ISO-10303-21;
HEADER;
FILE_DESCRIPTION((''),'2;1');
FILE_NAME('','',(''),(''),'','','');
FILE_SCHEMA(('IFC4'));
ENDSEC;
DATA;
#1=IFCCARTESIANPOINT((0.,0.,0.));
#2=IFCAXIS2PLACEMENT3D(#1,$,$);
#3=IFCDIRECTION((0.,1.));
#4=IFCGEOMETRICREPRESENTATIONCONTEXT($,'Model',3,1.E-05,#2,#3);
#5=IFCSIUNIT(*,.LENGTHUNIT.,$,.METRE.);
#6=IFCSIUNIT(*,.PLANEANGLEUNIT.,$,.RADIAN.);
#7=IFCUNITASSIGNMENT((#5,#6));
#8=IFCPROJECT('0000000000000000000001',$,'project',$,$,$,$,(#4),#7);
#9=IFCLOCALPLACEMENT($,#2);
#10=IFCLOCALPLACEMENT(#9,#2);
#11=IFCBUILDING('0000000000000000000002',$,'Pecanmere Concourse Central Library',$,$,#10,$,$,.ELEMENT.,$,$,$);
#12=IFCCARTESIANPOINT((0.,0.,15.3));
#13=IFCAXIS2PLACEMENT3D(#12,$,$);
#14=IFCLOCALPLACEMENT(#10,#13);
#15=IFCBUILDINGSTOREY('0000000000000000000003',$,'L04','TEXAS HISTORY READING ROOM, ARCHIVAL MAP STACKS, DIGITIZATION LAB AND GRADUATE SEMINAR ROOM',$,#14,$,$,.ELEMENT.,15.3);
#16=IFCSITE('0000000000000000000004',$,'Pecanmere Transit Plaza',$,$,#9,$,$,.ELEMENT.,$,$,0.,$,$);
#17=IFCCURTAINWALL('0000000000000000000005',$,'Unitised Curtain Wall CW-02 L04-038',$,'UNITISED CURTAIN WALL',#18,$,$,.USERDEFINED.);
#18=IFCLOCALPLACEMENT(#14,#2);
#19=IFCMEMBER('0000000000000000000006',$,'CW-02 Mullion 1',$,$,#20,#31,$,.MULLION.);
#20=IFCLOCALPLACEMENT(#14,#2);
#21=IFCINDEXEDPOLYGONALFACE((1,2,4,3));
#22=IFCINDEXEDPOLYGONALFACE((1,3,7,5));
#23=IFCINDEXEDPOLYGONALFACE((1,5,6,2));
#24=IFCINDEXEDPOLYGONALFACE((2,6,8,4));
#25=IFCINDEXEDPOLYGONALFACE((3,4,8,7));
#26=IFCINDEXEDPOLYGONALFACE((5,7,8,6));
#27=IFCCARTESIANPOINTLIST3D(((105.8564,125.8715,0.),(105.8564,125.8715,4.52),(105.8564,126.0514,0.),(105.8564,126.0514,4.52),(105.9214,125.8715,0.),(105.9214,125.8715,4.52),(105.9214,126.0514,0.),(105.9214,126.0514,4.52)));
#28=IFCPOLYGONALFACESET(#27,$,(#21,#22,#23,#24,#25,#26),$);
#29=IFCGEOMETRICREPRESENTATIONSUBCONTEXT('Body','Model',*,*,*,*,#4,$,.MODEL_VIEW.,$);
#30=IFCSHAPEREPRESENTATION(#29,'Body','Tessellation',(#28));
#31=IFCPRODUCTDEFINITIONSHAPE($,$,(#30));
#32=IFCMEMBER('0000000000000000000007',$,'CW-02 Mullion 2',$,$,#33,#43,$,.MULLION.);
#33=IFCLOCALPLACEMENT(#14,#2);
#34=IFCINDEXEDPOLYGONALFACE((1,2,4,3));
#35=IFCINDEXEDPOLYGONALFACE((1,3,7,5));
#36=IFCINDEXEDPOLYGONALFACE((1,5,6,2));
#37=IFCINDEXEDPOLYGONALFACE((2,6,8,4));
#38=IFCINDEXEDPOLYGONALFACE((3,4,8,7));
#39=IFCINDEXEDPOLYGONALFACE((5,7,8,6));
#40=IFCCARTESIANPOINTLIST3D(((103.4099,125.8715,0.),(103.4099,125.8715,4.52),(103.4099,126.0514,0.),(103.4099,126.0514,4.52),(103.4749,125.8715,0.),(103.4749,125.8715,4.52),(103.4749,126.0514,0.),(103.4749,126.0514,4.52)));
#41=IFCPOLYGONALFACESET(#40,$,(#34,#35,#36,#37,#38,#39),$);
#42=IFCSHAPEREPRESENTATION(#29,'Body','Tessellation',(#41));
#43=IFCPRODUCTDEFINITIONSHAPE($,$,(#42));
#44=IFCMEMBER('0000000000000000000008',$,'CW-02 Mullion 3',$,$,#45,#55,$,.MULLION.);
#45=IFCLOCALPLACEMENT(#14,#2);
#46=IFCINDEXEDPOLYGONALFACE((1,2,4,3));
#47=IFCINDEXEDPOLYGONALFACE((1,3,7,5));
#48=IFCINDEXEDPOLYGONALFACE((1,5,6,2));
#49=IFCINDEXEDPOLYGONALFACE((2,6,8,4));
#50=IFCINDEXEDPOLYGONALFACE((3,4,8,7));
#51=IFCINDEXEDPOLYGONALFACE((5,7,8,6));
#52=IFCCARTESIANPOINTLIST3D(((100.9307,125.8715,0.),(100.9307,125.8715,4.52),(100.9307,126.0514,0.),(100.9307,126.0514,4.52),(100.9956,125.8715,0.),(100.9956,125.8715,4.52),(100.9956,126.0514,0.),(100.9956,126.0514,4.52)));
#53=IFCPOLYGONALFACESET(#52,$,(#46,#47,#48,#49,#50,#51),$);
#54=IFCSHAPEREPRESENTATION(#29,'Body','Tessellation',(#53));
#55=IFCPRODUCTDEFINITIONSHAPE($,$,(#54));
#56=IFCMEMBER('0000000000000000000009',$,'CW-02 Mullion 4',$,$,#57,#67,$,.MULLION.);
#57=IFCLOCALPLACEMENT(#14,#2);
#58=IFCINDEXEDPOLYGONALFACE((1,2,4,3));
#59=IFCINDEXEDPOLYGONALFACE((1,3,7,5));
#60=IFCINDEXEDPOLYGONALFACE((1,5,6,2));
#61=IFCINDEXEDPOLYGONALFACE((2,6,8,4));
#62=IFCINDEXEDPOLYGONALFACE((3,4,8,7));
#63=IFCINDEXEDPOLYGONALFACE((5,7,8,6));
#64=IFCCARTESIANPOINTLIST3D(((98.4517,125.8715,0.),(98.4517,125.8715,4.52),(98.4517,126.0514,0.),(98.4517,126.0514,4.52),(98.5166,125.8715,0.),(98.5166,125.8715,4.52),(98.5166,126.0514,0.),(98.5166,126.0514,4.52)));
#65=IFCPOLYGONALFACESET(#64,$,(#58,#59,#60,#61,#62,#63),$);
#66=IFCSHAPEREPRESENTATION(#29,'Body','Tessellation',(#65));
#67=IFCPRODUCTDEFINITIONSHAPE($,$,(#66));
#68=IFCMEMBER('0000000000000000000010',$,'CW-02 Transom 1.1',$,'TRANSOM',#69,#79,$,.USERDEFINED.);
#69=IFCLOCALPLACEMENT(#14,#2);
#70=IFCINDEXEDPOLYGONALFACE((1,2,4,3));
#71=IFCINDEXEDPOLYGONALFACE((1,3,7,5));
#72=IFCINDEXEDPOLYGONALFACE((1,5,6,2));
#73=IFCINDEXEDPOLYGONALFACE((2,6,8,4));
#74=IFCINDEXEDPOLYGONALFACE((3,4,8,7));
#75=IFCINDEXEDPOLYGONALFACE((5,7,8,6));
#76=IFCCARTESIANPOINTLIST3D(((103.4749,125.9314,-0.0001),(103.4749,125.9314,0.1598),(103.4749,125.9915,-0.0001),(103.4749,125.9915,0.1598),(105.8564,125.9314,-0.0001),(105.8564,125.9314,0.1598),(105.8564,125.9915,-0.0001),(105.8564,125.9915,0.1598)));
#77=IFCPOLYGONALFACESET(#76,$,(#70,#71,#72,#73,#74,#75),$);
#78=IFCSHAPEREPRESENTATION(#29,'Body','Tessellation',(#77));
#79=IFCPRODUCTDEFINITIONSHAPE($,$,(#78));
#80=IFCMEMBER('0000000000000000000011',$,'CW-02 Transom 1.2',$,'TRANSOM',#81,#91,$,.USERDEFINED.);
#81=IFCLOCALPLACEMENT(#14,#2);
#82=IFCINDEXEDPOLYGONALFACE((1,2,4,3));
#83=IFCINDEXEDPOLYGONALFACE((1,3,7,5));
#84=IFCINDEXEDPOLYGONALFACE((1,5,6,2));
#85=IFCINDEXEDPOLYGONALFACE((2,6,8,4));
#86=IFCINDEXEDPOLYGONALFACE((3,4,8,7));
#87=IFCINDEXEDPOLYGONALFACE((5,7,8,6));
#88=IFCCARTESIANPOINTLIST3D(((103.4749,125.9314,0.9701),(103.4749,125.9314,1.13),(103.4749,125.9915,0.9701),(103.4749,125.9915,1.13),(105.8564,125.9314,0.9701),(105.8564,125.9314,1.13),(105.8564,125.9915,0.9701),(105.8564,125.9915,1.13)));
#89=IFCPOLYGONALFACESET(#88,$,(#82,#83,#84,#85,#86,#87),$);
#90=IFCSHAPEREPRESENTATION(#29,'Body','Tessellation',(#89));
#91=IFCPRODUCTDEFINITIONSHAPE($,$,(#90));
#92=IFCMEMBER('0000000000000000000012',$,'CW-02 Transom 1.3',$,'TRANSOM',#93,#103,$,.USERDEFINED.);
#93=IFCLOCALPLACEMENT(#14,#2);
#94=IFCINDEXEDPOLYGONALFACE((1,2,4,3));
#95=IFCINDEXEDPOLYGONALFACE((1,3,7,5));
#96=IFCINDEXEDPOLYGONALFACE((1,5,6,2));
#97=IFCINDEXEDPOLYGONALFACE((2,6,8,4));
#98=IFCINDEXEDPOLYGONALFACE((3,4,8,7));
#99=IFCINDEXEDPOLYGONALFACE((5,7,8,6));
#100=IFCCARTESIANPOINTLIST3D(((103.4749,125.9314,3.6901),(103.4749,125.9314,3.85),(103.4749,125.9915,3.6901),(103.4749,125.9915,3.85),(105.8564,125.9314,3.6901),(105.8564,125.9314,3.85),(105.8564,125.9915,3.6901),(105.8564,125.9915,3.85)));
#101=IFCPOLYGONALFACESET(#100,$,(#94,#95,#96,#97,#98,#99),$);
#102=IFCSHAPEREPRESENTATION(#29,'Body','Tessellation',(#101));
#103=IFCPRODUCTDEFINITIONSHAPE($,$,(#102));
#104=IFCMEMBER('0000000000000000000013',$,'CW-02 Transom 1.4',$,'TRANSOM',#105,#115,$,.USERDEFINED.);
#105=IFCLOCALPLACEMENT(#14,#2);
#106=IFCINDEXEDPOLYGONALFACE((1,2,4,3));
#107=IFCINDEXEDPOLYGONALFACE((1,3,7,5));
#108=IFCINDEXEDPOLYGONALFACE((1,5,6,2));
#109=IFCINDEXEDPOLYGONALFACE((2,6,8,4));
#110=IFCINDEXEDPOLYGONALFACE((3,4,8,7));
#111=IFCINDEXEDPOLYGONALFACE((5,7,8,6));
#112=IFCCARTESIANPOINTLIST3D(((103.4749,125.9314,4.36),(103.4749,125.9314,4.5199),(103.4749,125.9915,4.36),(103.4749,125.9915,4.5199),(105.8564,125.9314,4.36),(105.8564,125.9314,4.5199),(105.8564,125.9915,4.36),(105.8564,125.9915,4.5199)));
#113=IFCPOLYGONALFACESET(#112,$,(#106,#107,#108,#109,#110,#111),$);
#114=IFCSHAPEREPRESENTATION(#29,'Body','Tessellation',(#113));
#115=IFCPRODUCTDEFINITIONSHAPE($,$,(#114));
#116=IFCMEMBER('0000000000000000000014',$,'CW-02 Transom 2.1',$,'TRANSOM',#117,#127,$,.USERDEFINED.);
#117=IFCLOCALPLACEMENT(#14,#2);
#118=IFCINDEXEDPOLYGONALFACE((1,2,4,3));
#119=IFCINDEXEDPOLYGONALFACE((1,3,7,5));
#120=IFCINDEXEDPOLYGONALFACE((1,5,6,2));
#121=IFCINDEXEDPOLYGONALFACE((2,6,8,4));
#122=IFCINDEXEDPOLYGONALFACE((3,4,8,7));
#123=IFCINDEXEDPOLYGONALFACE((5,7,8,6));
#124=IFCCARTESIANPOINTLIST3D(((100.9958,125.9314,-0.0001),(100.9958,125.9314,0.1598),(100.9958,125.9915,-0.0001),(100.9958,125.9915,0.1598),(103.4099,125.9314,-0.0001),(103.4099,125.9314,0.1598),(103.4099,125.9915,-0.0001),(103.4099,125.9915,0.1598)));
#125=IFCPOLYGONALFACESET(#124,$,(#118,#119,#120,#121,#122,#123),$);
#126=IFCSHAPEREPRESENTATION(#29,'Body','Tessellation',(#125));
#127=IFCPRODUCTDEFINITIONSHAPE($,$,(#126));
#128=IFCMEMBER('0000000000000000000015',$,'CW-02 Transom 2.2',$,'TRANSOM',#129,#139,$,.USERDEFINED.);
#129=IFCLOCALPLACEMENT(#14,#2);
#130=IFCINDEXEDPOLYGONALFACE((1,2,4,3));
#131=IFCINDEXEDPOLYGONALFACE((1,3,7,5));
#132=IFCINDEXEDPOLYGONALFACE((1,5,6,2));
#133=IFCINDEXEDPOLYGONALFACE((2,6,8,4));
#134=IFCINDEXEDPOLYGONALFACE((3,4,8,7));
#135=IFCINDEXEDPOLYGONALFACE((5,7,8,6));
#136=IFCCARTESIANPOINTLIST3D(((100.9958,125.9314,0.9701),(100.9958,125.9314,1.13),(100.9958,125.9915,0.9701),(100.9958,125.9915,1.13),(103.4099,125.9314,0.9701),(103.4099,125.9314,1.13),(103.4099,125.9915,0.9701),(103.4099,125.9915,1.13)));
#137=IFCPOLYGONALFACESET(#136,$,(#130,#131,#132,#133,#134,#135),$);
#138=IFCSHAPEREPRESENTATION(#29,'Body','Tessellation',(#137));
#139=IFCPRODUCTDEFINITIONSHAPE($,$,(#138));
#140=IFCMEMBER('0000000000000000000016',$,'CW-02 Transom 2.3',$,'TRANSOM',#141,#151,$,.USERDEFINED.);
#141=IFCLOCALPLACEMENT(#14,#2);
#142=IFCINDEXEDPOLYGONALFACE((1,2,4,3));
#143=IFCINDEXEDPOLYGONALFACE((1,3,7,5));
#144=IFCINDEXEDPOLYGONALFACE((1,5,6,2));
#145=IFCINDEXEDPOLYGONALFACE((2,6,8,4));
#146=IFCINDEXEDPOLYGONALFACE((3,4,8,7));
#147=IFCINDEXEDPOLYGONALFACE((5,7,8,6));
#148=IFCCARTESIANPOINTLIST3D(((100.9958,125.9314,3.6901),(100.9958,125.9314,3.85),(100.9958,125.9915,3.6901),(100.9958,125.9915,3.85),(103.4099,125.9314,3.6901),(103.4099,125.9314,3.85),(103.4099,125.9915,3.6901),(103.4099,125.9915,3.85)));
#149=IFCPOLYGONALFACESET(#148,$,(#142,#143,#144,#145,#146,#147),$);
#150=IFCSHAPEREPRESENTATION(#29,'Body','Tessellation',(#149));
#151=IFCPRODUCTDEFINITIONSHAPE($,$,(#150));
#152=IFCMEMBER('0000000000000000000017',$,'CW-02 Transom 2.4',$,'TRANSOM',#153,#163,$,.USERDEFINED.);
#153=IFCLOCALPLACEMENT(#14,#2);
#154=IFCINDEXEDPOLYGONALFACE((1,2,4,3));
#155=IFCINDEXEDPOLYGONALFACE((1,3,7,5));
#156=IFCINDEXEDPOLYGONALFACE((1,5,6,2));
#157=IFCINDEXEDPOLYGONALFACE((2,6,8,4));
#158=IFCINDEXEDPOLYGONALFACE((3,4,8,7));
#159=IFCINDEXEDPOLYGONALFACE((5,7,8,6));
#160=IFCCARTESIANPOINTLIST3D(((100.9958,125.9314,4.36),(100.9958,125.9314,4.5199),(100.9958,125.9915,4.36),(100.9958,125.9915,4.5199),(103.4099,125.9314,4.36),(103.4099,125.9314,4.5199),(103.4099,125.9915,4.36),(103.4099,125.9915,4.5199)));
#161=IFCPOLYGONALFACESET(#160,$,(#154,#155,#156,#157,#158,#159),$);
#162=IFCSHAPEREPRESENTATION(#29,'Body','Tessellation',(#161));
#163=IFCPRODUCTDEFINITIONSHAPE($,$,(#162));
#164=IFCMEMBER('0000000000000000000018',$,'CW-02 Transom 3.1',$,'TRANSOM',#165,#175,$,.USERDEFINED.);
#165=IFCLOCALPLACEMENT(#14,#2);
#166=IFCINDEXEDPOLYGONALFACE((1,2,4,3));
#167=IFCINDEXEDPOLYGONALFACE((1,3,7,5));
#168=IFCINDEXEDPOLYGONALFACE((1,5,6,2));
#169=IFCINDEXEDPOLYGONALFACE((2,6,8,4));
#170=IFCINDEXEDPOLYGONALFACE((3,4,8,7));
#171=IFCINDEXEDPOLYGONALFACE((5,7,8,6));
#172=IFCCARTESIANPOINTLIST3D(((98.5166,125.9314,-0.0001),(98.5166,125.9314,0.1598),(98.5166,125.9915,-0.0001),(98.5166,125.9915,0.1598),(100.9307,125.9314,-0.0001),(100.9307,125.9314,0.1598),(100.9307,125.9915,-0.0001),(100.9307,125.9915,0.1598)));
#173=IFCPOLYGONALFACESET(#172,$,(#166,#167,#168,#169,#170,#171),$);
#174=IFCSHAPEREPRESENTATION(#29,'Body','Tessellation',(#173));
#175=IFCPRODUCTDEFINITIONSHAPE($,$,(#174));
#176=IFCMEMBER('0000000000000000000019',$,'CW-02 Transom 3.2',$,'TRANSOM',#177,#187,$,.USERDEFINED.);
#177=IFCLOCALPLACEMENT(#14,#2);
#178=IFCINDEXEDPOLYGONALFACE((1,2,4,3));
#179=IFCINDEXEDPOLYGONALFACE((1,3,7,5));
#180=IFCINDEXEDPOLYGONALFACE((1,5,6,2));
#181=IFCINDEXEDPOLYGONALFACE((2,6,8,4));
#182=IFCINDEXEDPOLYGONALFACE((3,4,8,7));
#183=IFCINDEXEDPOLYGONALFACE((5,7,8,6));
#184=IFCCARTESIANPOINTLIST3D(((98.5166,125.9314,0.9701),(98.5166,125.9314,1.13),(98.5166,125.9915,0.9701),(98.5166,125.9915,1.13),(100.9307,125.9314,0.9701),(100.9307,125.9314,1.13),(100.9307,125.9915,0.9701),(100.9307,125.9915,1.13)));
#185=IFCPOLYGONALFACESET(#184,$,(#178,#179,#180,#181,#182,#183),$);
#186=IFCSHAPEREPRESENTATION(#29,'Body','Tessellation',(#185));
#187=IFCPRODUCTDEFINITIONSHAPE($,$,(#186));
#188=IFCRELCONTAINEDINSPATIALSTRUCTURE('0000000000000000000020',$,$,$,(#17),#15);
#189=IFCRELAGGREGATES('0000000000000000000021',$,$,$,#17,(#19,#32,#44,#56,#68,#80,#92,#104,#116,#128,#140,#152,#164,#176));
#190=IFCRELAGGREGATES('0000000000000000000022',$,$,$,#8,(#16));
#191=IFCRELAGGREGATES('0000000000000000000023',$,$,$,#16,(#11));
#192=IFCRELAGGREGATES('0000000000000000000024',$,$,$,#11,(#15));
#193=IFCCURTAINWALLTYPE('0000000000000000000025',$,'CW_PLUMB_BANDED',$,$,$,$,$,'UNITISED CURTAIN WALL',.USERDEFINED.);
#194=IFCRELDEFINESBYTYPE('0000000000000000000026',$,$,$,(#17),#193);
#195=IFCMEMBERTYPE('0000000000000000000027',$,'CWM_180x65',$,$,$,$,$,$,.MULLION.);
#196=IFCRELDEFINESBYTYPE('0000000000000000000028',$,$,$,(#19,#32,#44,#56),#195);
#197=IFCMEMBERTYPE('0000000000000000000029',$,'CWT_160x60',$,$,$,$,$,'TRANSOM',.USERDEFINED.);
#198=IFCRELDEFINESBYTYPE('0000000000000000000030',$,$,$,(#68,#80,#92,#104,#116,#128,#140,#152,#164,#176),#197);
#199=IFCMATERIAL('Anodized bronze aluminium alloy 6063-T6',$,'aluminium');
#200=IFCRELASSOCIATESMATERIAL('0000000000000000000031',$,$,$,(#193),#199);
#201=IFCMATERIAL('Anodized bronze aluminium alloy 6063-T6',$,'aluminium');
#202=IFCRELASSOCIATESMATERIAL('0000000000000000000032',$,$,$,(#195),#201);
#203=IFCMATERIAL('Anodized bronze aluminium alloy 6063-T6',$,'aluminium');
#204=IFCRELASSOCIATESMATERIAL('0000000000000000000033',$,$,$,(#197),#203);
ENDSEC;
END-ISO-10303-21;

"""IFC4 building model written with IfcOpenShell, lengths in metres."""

from ifc_helpers import new_model, si_unit, direction, frame, origin, origin_2d, place, context, subcontext, project, spatial, rectangle, extrude, material, material_profile, profile_set, type_object, element, aggregate, save


model = new_model("IFC4")

# Units and contexts
model_context = context("Model", 3, precision=1e-05, world=origin(), true_north=direction((0.0, 1.0)))
body_context = subcontext(model_context, "Body", "Model", "MODEL_VIEW")
ifc_project = project(units=[si_unit("LENGTHUNIT", "METRE"), si_unit("PLANEANGLEUNIT", "RADIAN")], contexts=[model_context])

# Site, building, storey
site_placement = place(None, origin())
site = spatial("IfcSite", under=ifc_project, at=site_placement, Name="Pecanmere Transit Plaza", CompositionType="ELEMENT", RefElevation=0.0)
building_placement = place(site_placement, origin())
building = spatial("IfcBuilding", under=site, at=building_placement, Name="Pecanmere Concourse Central Library", CompositionType="ELEMENT")
storey_placement = place(building_placement, frame((0.0, 0.0, 15.3)))
storey = spatial("IfcBuildingStorey", under=building, at=storey_placement, Name="L04", Description="TEXAS HISTORY READING ROOM, ARCHIVAL MAP STACKS, DIGITIZATION LAB AND GRADUATE SEMINAR ROOM", CompositionType="ELEMENT", Elevation=15.3)

# Curtain wall, members
ifc_material_1 = material(Name="Anodized bronze aluminium alloy 6063-T6", Category="aluminium")
curtain_wall_type = type_object("IfcCurtainWallType", Name="CW_PLUMB_BANDED", ElementType="UNITISED CURTAIN WALL", PredefinedType="USERDEFINED", material=ifc_material_1)
curtain_wall_placement = place(storey_placement, origin())
curtain_wall = element("IfcCurtainWall", 1, at=curtain_wall_placement, inside=storey, type_object=curtain_wall_type, Name="Unitised Curtain Wall CW-02 L04-038", ObjectType="UNITISED CURTAIN WALL", PredefinedType="USERDEFINED")
ifc_material_2 = material(Name="Anodized bronze aluminium alloy 6063-T6", Category="aluminium")
ifc_material_profile_1 = material_profile(ifc_material_2, rectangle(XDim=0.0649, YDim=0.1799, at=origin_2d()), Name="AL 65x180")
ifc_profile_set_1 = profile_set([ifc_material_profile_1], Name="Anodized bronze aluminium alloy 6063-T6")
member_type_1 = type_object("IfcMemberType", Name="CWM_180x65", PredefinedType="MULLION", material=ifc_profile_set_1)
member_1_placement = place(storey_placement, frame((105.8889, 125.9614, 0.0), z_axis=(0.0, 0.0, 1.0), x_axis=(-1.0, 0.0, 0.0)))
member_1 = element("IfcMember", 2, at=member_1_placement, type_object=member_type_1, Name="CW-02 Mullion 1", PredefinedType="MULLION", context=body_context, shape_type="SweptSolid", body=[
    extrude(rectangle(XDim=0.0649, YDim=0.1799, at=origin_2d()), origin(), (0.0, 0.0, 1.0), 4.52),
])
member_2_placement = place(storey_placement, frame((103.4424, 125.9614, 0.0), z_axis=(0.0, 0.0, 1.0), x_axis=(-1.0, 0.0, 0.0)))
member_2 = element("IfcMember", 3, at=member_2_placement, type_object=member_type_1, Name="CW-02 Mullion 2", PredefinedType="MULLION", context=body_context, shape_type="SweptSolid", body=[
    extrude(rectangle(XDim=0.0649, YDim=0.1799, at=origin_2d()), origin(), (0.0, 0.0, 1.0), 4.52),
])
member_3_placement = place(storey_placement, frame((100.9631, 125.9614, 0.0), z_axis=(0.0, 0.0, 1.0), x_axis=(-1.0, 0.0, 0.0)))
member_3 = element("IfcMember", 4, at=member_3_placement, type_object=member_type_1, Name="CW-02 Mullion 3", PredefinedType="MULLION", context=body_context, shape_type="SweptSolid", body=[
    extrude(rectangle(XDim=0.0649, YDim=0.1799, at=origin_2d()), origin(), (0.0, 0.0, 1.0), 4.52),
])
member_4_placement = place(storey_placement, frame((98.4841, 125.9614, 0.0), z_axis=(0.0, 0.0, 1.0), x_axis=(-1.0, 0.0, 0.0)))
member_4 = element("IfcMember", 5, at=member_4_placement, type_object=member_type_1, Name="CW-02 Mullion 4", PredefinedType="MULLION", context=body_context, shape_type="SweptSolid", body=[
    extrude(rectangle(XDim=0.0649, YDim=0.1799, at=origin_2d()), origin(), (0.0, 0.0, 1.0), 4.52),
])
ifc_material_3 = material(Name="Anodized bronze aluminium alloy 6063-T6", Category="aluminium")
ifc_material_profile_2 = material_profile(ifc_material_3, rectangle(XDim=0.0601, YDim=0.1599, at=origin_2d()), Name="AL 60x160")
ifc_profile_set_2 = profile_set([ifc_material_profile_2], Name="Anodized bronze aluminium alloy 6063-T6")
member_type_2 = type_object("IfcMemberType", Name="CWT_160x60", ElementType="TRANSOM", PredefinedType="USERDEFINED", material=ifc_profile_set_2)
member_5_placement = place(storey_placement, frame((105.8564, 125.9614, 0.0798), z_axis=(-1.0, 0.0, 0.0), x_axis=(0.0, -1.0, 0.0)))
member_5 = element("IfcMember", 6, at=member_5_placement, type_object=member_type_2, Name="CW-02 Transom 1.1", ObjectType="TRANSOM", PredefinedType="USERDEFINED", context=body_context, shape_type="SweptSolid", body=[
    extrude(rectangle(XDim=0.0601, YDim=0.1599, at=origin_2d()), origin(), (0.0, 0.0, 1.0), 2.3816),
])
member_6_placement = place(storey_placement, frame((105.8564, 125.9614, 1.05), z_axis=(-1.0, 0.0, 0.0), x_axis=(0.0, -1.0, 0.0)))
member_6 = element("IfcMember", 7, at=member_6_placement, type_object=member_type_2, Name="CW-02 Transom 1.2", ObjectType="TRANSOM", PredefinedType="USERDEFINED", context=body_context, shape_type="SweptSolid", body=[
    extrude(rectangle(XDim=0.0601, YDim=0.1599, at=origin_2d()), origin(), (0.0, 0.0, 1.0), 2.3816),
])
member_7_placement = place(storey_placement, frame((105.8564, 125.9614, 3.77), z_axis=(-1.0, 0.0, 0.0), x_axis=(0.0, -1.0, 0.0)))
member_7 = element("IfcMember", 8, at=member_7_placement, type_object=member_type_2, Name="CW-02 Transom 1.3", ObjectType="TRANSOM", PredefinedType="USERDEFINED", context=body_context, shape_type="SweptSolid", body=[
    extrude(rectangle(XDim=0.0601, YDim=0.1599, at=origin_2d()), origin(), (0.0, 0.0, 1.0), 2.3816),
])
member_8_placement = place(storey_placement, frame((105.8564, 125.9614, 4.4399), z_axis=(-1.0, 0.0, 0.0), x_axis=(0.0, -1.0, 0.0)))
member_8 = element("IfcMember", 9, at=member_8_placement, type_object=member_type_2, Name="CW-02 Transom 1.4", ObjectType="TRANSOM", PredefinedType="USERDEFINED", context=body_context, shape_type="SweptSolid", body=[
    extrude(rectangle(XDim=0.0601, YDim=0.1599, at=origin_2d()), origin(), (0.0, 0.0, 1.0), 2.3816),
])
member_9_placement = place(storey_placement, frame((103.4099, 125.9614, 0.0798), z_axis=(-1.0, 0.0, 0.0), x_axis=(0.0, -1.0, 0.0)))
member_9 = element("IfcMember", 10, at=member_9_placement, type_object=member_type_2, Name="CW-02 Transom 2.1", ObjectType="TRANSOM", PredefinedType="USERDEFINED", context=body_context, shape_type="SweptSolid", body=[
    extrude(rectangle(XDim=0.0601, YDim=0.1599, at=origin_2d()), origin(), (0.0, 0.0, 1.0), 2.4141),
])
member_10_placement = place(storey_placement, frame((103.4099, 125.9614, 1.05), z_axis=(-1.0, 0.0, 0.0), x_axis=(0.0, -1.0, 0.0)))
member_10 = element("IfcMember", 11, at=member_10_placement, type_object=member_type_2, Name="CW-02 Transom 2.2", ObjectType="TRANSOM", PredefinedType="USERDEFINED", context=body_context, shape_type="SweptSolid", body=[
    extrude(rectangle(XDim=0.0601, YDim=0.1599, at=origin_2d()), origin(), (0.0, 0.0, 1.0), 2.4141),
])
member_11_placement = place(storey_placement, frame((103.4099, 125.9614, 3.77), z_axis=(-1.0, 0.0, 0.0), x_axis=(0.0, -1.0, 0.0)))
member_11 = element("IfcMember", 12, at=member_11_placement, type_object=member_type_2, Name="CW-02 Transom 2.3", ObjectType="TRANSOM", PredefinedType="USERDEFINED", context=body_context, shape_type="SweptSolid", body=[
    extrude(rectangle(XDim=0.0601, YDim=0.1599, at=origin_2d()), origin(), (0.0, 0.0, 1.0), 2.4141),
])
member_12_placement = place(storey_placement, frame((103.4099, 125.9614, 4.4399), z_axis=(-1.0, 0.0, 0.0), x_axis=(0.0, -1.0, 0.0)))
member_12 = element("IfcMember", 13, at=member_12_placement, type_object=member_type_2, Name="CW-02 Transom 2.4", ObjectType="TRANSOM", PredefinedType="USERDEFINED", context=body_context, shape_type="SweptSolid", body=[
    extrude(rectangle(XDim=0.0601, YDim=0.1599, at=origin_2d()), origin(), (0.0, 0.0, 1.0), 2.4141),
])
member_13_placement = place(storey_placement, frame((100.9307, 125.9614, 0.0798), z_axis=(-1.0, 0.0, 0.0), x_axis=(0.0, -1.0, 0.0)))
member_13 = element("IfcMember", 14, at=member_13_placement, type_object=member_type_2, Name="CW-02 Transom 3.1", ObjectType="TRANSOM", PredefinedType="USERDEFINED", context=body_context, shape_type="SweptSolid", body=[
    extrude(rectangle(XDim=0.0601, YDim=0.1599, at=origin_2d()), origin(), (0.0, 0.0, 1.0), 2.4141),
])
member_14_placement = place(storey_placement, frame((100.9307, 125.9614, 1.05), z_axis=(-1.0, 0.0, 0.0), x_axis=(0.0, -1.0, 0.0)))
member_14 = element("IfcMember", 15, at=member_14_placement, type_object=member_type_2, Name="CW-02 Transom 3.2", ObjectType="TRANSOM", PredefinedType="USERDEFINED", context=body_context, shape_type="SweptSolid", body=[
    extrude(rectangle(XDim=0.0601, YDim=0.1599, at=origin_2d()), origin(), (0.0, 0.0, 1.0), 2.4141),
])
aggregate(curtain_wall, [member_1, member_2, member_3, member_4, member_5, member_6, member_7, member_8, member_9, member_10, member_11, member_12, member_13, member_14])

save(model, "model.ifc")
